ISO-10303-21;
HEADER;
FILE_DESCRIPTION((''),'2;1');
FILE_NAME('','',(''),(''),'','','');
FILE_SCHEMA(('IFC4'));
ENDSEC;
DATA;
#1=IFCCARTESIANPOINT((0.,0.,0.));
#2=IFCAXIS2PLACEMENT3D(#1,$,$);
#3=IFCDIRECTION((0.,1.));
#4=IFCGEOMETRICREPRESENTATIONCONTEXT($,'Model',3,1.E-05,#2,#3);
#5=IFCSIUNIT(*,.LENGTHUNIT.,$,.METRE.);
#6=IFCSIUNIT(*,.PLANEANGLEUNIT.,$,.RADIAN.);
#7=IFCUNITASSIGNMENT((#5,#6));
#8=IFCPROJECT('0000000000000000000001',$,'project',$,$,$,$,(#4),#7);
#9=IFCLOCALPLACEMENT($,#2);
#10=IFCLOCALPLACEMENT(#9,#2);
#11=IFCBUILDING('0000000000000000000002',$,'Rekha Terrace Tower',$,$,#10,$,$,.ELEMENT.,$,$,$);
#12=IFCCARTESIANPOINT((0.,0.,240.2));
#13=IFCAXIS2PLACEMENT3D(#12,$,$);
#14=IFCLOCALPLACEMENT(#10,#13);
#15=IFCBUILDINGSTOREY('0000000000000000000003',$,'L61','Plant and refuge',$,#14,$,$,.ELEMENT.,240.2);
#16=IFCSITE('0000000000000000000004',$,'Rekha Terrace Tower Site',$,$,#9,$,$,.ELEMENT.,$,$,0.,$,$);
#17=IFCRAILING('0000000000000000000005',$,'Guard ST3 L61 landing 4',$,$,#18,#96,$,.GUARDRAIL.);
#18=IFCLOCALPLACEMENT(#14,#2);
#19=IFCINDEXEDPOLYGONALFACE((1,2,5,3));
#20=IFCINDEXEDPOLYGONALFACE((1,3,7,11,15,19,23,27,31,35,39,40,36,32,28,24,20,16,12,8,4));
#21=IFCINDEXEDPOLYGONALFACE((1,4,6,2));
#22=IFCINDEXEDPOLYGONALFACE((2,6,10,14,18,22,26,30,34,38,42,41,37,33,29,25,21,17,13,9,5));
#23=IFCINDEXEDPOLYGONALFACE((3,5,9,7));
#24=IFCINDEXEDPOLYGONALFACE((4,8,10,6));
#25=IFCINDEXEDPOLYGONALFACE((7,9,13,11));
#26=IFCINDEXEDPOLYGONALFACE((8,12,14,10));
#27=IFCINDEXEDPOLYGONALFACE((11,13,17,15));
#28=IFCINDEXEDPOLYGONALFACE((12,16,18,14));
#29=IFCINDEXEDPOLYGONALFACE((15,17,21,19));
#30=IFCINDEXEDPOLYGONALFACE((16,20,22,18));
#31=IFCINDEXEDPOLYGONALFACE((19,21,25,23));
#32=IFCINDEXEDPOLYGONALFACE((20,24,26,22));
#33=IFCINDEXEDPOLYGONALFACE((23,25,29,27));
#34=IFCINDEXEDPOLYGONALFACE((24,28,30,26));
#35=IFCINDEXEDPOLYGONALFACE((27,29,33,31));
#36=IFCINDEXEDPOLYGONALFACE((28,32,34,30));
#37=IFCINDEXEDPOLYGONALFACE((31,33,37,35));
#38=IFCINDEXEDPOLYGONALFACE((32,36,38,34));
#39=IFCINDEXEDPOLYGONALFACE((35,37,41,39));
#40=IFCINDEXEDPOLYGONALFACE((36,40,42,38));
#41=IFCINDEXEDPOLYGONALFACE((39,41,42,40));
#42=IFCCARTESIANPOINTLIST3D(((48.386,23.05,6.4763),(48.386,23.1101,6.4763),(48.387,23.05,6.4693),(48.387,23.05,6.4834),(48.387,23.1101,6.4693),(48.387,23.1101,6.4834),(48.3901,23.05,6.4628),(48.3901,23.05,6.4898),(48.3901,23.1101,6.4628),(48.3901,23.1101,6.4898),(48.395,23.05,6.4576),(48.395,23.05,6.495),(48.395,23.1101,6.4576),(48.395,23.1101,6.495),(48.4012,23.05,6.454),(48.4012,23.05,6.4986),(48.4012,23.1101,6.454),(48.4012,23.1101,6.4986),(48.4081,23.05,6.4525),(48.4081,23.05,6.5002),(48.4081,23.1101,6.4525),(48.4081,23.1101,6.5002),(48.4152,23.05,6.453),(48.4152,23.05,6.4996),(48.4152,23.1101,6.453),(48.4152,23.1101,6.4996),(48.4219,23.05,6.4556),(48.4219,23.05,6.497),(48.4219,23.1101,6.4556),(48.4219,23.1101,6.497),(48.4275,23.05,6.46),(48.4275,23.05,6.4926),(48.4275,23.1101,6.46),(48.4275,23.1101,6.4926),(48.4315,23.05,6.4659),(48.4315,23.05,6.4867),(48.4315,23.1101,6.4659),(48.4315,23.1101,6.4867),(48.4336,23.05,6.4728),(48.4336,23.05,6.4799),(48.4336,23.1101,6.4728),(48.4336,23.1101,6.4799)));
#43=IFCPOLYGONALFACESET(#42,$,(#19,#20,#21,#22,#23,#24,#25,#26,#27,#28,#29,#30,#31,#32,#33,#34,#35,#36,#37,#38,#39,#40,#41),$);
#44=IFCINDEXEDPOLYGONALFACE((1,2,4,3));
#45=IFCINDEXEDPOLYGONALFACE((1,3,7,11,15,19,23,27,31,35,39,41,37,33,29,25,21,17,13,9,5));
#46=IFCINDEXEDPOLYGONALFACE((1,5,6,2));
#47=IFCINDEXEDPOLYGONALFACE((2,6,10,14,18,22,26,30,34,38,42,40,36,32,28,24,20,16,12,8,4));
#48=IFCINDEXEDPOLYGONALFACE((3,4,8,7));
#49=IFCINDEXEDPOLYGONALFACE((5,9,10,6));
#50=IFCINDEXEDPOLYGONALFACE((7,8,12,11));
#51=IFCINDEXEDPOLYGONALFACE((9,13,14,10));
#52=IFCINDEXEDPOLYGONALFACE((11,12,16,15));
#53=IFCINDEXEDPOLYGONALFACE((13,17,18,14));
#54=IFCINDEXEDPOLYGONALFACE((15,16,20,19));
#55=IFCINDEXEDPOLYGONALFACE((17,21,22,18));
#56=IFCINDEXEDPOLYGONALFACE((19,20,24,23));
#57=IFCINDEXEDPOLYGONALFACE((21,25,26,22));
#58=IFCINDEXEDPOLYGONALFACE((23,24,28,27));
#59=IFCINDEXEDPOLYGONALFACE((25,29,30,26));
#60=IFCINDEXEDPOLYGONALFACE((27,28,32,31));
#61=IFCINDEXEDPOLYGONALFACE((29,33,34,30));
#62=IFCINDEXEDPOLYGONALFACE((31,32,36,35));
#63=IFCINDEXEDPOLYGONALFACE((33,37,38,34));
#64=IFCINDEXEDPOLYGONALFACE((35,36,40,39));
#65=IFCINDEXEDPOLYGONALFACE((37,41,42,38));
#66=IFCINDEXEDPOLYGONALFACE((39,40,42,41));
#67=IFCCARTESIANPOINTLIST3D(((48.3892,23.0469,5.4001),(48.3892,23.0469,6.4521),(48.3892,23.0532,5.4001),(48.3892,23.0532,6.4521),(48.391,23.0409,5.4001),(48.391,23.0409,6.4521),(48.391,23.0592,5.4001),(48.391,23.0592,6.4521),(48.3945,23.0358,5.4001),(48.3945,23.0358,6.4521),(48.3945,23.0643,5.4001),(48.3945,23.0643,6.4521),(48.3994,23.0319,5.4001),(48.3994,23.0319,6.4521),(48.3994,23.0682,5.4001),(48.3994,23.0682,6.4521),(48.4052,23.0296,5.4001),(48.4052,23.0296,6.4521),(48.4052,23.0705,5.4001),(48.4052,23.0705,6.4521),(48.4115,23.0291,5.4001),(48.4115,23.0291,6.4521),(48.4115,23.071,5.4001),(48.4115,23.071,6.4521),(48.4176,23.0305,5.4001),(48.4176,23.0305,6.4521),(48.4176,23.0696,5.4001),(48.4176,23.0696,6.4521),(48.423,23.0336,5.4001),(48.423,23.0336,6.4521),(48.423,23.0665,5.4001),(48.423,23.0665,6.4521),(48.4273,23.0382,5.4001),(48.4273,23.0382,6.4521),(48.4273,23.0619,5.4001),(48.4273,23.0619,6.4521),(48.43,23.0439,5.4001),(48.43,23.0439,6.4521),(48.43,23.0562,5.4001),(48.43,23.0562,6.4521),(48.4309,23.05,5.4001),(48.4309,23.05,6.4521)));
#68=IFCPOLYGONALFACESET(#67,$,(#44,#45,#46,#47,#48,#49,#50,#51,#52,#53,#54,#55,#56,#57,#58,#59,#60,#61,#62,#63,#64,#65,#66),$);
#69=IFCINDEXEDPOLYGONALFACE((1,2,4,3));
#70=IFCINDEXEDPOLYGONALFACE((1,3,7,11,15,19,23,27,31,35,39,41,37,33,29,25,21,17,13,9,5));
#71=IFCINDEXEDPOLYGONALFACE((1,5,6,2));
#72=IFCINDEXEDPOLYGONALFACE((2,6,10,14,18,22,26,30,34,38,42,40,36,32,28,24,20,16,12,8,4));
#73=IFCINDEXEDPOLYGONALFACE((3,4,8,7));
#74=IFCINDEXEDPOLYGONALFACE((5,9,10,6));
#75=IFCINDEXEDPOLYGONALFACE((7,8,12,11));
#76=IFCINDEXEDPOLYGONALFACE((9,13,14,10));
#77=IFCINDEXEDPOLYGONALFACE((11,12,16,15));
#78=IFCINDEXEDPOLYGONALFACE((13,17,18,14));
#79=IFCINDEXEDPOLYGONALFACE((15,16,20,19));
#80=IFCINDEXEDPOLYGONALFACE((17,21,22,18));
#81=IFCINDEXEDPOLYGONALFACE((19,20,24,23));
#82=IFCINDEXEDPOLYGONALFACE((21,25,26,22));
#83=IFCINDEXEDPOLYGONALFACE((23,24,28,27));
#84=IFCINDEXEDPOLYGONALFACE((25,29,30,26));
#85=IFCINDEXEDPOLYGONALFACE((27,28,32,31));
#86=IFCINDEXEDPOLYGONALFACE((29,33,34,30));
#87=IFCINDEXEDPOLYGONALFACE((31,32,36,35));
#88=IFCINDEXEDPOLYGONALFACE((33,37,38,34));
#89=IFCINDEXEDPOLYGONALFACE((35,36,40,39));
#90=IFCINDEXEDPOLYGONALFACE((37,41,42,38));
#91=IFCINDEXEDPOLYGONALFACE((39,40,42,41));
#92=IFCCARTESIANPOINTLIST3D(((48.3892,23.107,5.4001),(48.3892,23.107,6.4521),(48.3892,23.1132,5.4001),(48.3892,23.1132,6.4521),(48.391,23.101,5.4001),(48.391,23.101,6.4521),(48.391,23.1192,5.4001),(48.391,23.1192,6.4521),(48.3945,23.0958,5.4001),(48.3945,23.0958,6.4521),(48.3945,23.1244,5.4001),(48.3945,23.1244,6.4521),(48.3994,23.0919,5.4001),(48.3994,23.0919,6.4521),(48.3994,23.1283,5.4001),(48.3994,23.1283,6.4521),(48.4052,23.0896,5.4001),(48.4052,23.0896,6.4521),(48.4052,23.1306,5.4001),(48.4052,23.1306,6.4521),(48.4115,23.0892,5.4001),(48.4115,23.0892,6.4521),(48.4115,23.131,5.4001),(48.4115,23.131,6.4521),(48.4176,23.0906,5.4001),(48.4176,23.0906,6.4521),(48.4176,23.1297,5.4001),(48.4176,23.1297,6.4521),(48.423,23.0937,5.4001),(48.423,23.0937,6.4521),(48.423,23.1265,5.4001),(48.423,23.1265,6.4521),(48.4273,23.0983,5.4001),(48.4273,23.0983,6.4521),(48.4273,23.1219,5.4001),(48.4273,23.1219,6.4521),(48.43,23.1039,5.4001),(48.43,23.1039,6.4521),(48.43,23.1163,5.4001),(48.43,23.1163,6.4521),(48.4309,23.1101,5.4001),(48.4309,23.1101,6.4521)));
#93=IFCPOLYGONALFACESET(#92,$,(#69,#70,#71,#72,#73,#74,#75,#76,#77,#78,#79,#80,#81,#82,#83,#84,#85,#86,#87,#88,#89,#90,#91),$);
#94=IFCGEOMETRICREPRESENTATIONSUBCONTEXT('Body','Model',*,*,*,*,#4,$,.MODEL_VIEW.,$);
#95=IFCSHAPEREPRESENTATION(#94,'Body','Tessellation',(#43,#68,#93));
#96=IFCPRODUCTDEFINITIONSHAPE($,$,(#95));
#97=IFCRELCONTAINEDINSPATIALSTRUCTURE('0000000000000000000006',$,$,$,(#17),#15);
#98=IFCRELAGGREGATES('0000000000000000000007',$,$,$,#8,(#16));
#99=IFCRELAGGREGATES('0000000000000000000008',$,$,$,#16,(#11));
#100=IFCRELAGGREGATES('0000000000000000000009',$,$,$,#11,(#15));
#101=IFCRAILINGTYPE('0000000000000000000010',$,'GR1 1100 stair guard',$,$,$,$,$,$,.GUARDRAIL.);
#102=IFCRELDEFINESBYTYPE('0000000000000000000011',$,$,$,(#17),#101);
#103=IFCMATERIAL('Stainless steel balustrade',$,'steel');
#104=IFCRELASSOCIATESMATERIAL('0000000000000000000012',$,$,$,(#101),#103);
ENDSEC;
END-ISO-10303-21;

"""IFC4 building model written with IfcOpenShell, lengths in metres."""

from ifc_helpers import new_model, si_unit, direction, frame, origin, origin_2d, place, context, subcontext, project, spatial, circle, extrude, material, type_object, element, save


model = new_model("IFC4")

# Units and contexts
model_context = context("Model", 3, precision=1e-05, world=origin(), true_north=direction((0.0, 1.0)))
body_context = subcontext(model_context, "Body", "Model", "MODEL_VIEW")
ifc_project = project(units=[si_unit("LENGTHUNIT", "METRE"), si_unit("PLANEANGLEUNIT", "RADIAN")], contexts=[model_context])

# Site, building, storey
site_placement = place(None, origin())
site = spatial("IfcSite", under=ifc_project, at=site_placement, Name="Rekha Terrace Tower Site", CompositionType="ELEMENT", RefElevation=0.0)
building_placement = place(site_placement, origin())
building = spatial("IfcBuilding", under=site, at=building_placement, Name="Rekha Terrace Tower", CompositionType="ELEMENT")
storey_placement = place(building_placement, frame((0.0, 0.0, 240.2)))
storey = spatial("IfcBuildingStorey", under=building, at=storey_placement, Name="L61", Description="Plant and refuge", CompositionType="ELEMENT", Elevation=240.2)

# Railing
ifc_material_1 = material(Name="Stainless steel balustrade", Category="steel")
railing_type_1 = type_object("IfcRailingType", Name="GR1 1100 stair guard", PredefinedType="GUARDRAIL", material=ifc_material_1)
railing_1_placement = place(storey_placement, frame((48.4099, 23.05, 5.4001)))
element("IfcRailing", 1, at=railing_1_placement, inside=storey, type_object=railing_type_1, Name="Guard ST3 L61 landing 4", PredefinedType="GUARDRAIL", context=body_context, shape_type="SweptSolid", body=[
    extrude(circle(Radius=0.0239, at=origin_2d()), frame((0.0, 0.0, 1.0762), z_axis=(0.0, 1.0, 0.0), x_axis=(-1.0, 0.0, 0.0)), (0.0, 0.0, 1.0), 0.0601),
    extrude(circle(Radius=0.021, at=origin_2d()), origin(), (0.0, 0.0, 1.0), 1.052),
    extrude(circle(Radius=0.021, at=origin_2d()), frame((0.0, 0.0601, 0.0)), (0.0, 0.0, 1.0), 1.052),
])

save(model, "model.ifc")
